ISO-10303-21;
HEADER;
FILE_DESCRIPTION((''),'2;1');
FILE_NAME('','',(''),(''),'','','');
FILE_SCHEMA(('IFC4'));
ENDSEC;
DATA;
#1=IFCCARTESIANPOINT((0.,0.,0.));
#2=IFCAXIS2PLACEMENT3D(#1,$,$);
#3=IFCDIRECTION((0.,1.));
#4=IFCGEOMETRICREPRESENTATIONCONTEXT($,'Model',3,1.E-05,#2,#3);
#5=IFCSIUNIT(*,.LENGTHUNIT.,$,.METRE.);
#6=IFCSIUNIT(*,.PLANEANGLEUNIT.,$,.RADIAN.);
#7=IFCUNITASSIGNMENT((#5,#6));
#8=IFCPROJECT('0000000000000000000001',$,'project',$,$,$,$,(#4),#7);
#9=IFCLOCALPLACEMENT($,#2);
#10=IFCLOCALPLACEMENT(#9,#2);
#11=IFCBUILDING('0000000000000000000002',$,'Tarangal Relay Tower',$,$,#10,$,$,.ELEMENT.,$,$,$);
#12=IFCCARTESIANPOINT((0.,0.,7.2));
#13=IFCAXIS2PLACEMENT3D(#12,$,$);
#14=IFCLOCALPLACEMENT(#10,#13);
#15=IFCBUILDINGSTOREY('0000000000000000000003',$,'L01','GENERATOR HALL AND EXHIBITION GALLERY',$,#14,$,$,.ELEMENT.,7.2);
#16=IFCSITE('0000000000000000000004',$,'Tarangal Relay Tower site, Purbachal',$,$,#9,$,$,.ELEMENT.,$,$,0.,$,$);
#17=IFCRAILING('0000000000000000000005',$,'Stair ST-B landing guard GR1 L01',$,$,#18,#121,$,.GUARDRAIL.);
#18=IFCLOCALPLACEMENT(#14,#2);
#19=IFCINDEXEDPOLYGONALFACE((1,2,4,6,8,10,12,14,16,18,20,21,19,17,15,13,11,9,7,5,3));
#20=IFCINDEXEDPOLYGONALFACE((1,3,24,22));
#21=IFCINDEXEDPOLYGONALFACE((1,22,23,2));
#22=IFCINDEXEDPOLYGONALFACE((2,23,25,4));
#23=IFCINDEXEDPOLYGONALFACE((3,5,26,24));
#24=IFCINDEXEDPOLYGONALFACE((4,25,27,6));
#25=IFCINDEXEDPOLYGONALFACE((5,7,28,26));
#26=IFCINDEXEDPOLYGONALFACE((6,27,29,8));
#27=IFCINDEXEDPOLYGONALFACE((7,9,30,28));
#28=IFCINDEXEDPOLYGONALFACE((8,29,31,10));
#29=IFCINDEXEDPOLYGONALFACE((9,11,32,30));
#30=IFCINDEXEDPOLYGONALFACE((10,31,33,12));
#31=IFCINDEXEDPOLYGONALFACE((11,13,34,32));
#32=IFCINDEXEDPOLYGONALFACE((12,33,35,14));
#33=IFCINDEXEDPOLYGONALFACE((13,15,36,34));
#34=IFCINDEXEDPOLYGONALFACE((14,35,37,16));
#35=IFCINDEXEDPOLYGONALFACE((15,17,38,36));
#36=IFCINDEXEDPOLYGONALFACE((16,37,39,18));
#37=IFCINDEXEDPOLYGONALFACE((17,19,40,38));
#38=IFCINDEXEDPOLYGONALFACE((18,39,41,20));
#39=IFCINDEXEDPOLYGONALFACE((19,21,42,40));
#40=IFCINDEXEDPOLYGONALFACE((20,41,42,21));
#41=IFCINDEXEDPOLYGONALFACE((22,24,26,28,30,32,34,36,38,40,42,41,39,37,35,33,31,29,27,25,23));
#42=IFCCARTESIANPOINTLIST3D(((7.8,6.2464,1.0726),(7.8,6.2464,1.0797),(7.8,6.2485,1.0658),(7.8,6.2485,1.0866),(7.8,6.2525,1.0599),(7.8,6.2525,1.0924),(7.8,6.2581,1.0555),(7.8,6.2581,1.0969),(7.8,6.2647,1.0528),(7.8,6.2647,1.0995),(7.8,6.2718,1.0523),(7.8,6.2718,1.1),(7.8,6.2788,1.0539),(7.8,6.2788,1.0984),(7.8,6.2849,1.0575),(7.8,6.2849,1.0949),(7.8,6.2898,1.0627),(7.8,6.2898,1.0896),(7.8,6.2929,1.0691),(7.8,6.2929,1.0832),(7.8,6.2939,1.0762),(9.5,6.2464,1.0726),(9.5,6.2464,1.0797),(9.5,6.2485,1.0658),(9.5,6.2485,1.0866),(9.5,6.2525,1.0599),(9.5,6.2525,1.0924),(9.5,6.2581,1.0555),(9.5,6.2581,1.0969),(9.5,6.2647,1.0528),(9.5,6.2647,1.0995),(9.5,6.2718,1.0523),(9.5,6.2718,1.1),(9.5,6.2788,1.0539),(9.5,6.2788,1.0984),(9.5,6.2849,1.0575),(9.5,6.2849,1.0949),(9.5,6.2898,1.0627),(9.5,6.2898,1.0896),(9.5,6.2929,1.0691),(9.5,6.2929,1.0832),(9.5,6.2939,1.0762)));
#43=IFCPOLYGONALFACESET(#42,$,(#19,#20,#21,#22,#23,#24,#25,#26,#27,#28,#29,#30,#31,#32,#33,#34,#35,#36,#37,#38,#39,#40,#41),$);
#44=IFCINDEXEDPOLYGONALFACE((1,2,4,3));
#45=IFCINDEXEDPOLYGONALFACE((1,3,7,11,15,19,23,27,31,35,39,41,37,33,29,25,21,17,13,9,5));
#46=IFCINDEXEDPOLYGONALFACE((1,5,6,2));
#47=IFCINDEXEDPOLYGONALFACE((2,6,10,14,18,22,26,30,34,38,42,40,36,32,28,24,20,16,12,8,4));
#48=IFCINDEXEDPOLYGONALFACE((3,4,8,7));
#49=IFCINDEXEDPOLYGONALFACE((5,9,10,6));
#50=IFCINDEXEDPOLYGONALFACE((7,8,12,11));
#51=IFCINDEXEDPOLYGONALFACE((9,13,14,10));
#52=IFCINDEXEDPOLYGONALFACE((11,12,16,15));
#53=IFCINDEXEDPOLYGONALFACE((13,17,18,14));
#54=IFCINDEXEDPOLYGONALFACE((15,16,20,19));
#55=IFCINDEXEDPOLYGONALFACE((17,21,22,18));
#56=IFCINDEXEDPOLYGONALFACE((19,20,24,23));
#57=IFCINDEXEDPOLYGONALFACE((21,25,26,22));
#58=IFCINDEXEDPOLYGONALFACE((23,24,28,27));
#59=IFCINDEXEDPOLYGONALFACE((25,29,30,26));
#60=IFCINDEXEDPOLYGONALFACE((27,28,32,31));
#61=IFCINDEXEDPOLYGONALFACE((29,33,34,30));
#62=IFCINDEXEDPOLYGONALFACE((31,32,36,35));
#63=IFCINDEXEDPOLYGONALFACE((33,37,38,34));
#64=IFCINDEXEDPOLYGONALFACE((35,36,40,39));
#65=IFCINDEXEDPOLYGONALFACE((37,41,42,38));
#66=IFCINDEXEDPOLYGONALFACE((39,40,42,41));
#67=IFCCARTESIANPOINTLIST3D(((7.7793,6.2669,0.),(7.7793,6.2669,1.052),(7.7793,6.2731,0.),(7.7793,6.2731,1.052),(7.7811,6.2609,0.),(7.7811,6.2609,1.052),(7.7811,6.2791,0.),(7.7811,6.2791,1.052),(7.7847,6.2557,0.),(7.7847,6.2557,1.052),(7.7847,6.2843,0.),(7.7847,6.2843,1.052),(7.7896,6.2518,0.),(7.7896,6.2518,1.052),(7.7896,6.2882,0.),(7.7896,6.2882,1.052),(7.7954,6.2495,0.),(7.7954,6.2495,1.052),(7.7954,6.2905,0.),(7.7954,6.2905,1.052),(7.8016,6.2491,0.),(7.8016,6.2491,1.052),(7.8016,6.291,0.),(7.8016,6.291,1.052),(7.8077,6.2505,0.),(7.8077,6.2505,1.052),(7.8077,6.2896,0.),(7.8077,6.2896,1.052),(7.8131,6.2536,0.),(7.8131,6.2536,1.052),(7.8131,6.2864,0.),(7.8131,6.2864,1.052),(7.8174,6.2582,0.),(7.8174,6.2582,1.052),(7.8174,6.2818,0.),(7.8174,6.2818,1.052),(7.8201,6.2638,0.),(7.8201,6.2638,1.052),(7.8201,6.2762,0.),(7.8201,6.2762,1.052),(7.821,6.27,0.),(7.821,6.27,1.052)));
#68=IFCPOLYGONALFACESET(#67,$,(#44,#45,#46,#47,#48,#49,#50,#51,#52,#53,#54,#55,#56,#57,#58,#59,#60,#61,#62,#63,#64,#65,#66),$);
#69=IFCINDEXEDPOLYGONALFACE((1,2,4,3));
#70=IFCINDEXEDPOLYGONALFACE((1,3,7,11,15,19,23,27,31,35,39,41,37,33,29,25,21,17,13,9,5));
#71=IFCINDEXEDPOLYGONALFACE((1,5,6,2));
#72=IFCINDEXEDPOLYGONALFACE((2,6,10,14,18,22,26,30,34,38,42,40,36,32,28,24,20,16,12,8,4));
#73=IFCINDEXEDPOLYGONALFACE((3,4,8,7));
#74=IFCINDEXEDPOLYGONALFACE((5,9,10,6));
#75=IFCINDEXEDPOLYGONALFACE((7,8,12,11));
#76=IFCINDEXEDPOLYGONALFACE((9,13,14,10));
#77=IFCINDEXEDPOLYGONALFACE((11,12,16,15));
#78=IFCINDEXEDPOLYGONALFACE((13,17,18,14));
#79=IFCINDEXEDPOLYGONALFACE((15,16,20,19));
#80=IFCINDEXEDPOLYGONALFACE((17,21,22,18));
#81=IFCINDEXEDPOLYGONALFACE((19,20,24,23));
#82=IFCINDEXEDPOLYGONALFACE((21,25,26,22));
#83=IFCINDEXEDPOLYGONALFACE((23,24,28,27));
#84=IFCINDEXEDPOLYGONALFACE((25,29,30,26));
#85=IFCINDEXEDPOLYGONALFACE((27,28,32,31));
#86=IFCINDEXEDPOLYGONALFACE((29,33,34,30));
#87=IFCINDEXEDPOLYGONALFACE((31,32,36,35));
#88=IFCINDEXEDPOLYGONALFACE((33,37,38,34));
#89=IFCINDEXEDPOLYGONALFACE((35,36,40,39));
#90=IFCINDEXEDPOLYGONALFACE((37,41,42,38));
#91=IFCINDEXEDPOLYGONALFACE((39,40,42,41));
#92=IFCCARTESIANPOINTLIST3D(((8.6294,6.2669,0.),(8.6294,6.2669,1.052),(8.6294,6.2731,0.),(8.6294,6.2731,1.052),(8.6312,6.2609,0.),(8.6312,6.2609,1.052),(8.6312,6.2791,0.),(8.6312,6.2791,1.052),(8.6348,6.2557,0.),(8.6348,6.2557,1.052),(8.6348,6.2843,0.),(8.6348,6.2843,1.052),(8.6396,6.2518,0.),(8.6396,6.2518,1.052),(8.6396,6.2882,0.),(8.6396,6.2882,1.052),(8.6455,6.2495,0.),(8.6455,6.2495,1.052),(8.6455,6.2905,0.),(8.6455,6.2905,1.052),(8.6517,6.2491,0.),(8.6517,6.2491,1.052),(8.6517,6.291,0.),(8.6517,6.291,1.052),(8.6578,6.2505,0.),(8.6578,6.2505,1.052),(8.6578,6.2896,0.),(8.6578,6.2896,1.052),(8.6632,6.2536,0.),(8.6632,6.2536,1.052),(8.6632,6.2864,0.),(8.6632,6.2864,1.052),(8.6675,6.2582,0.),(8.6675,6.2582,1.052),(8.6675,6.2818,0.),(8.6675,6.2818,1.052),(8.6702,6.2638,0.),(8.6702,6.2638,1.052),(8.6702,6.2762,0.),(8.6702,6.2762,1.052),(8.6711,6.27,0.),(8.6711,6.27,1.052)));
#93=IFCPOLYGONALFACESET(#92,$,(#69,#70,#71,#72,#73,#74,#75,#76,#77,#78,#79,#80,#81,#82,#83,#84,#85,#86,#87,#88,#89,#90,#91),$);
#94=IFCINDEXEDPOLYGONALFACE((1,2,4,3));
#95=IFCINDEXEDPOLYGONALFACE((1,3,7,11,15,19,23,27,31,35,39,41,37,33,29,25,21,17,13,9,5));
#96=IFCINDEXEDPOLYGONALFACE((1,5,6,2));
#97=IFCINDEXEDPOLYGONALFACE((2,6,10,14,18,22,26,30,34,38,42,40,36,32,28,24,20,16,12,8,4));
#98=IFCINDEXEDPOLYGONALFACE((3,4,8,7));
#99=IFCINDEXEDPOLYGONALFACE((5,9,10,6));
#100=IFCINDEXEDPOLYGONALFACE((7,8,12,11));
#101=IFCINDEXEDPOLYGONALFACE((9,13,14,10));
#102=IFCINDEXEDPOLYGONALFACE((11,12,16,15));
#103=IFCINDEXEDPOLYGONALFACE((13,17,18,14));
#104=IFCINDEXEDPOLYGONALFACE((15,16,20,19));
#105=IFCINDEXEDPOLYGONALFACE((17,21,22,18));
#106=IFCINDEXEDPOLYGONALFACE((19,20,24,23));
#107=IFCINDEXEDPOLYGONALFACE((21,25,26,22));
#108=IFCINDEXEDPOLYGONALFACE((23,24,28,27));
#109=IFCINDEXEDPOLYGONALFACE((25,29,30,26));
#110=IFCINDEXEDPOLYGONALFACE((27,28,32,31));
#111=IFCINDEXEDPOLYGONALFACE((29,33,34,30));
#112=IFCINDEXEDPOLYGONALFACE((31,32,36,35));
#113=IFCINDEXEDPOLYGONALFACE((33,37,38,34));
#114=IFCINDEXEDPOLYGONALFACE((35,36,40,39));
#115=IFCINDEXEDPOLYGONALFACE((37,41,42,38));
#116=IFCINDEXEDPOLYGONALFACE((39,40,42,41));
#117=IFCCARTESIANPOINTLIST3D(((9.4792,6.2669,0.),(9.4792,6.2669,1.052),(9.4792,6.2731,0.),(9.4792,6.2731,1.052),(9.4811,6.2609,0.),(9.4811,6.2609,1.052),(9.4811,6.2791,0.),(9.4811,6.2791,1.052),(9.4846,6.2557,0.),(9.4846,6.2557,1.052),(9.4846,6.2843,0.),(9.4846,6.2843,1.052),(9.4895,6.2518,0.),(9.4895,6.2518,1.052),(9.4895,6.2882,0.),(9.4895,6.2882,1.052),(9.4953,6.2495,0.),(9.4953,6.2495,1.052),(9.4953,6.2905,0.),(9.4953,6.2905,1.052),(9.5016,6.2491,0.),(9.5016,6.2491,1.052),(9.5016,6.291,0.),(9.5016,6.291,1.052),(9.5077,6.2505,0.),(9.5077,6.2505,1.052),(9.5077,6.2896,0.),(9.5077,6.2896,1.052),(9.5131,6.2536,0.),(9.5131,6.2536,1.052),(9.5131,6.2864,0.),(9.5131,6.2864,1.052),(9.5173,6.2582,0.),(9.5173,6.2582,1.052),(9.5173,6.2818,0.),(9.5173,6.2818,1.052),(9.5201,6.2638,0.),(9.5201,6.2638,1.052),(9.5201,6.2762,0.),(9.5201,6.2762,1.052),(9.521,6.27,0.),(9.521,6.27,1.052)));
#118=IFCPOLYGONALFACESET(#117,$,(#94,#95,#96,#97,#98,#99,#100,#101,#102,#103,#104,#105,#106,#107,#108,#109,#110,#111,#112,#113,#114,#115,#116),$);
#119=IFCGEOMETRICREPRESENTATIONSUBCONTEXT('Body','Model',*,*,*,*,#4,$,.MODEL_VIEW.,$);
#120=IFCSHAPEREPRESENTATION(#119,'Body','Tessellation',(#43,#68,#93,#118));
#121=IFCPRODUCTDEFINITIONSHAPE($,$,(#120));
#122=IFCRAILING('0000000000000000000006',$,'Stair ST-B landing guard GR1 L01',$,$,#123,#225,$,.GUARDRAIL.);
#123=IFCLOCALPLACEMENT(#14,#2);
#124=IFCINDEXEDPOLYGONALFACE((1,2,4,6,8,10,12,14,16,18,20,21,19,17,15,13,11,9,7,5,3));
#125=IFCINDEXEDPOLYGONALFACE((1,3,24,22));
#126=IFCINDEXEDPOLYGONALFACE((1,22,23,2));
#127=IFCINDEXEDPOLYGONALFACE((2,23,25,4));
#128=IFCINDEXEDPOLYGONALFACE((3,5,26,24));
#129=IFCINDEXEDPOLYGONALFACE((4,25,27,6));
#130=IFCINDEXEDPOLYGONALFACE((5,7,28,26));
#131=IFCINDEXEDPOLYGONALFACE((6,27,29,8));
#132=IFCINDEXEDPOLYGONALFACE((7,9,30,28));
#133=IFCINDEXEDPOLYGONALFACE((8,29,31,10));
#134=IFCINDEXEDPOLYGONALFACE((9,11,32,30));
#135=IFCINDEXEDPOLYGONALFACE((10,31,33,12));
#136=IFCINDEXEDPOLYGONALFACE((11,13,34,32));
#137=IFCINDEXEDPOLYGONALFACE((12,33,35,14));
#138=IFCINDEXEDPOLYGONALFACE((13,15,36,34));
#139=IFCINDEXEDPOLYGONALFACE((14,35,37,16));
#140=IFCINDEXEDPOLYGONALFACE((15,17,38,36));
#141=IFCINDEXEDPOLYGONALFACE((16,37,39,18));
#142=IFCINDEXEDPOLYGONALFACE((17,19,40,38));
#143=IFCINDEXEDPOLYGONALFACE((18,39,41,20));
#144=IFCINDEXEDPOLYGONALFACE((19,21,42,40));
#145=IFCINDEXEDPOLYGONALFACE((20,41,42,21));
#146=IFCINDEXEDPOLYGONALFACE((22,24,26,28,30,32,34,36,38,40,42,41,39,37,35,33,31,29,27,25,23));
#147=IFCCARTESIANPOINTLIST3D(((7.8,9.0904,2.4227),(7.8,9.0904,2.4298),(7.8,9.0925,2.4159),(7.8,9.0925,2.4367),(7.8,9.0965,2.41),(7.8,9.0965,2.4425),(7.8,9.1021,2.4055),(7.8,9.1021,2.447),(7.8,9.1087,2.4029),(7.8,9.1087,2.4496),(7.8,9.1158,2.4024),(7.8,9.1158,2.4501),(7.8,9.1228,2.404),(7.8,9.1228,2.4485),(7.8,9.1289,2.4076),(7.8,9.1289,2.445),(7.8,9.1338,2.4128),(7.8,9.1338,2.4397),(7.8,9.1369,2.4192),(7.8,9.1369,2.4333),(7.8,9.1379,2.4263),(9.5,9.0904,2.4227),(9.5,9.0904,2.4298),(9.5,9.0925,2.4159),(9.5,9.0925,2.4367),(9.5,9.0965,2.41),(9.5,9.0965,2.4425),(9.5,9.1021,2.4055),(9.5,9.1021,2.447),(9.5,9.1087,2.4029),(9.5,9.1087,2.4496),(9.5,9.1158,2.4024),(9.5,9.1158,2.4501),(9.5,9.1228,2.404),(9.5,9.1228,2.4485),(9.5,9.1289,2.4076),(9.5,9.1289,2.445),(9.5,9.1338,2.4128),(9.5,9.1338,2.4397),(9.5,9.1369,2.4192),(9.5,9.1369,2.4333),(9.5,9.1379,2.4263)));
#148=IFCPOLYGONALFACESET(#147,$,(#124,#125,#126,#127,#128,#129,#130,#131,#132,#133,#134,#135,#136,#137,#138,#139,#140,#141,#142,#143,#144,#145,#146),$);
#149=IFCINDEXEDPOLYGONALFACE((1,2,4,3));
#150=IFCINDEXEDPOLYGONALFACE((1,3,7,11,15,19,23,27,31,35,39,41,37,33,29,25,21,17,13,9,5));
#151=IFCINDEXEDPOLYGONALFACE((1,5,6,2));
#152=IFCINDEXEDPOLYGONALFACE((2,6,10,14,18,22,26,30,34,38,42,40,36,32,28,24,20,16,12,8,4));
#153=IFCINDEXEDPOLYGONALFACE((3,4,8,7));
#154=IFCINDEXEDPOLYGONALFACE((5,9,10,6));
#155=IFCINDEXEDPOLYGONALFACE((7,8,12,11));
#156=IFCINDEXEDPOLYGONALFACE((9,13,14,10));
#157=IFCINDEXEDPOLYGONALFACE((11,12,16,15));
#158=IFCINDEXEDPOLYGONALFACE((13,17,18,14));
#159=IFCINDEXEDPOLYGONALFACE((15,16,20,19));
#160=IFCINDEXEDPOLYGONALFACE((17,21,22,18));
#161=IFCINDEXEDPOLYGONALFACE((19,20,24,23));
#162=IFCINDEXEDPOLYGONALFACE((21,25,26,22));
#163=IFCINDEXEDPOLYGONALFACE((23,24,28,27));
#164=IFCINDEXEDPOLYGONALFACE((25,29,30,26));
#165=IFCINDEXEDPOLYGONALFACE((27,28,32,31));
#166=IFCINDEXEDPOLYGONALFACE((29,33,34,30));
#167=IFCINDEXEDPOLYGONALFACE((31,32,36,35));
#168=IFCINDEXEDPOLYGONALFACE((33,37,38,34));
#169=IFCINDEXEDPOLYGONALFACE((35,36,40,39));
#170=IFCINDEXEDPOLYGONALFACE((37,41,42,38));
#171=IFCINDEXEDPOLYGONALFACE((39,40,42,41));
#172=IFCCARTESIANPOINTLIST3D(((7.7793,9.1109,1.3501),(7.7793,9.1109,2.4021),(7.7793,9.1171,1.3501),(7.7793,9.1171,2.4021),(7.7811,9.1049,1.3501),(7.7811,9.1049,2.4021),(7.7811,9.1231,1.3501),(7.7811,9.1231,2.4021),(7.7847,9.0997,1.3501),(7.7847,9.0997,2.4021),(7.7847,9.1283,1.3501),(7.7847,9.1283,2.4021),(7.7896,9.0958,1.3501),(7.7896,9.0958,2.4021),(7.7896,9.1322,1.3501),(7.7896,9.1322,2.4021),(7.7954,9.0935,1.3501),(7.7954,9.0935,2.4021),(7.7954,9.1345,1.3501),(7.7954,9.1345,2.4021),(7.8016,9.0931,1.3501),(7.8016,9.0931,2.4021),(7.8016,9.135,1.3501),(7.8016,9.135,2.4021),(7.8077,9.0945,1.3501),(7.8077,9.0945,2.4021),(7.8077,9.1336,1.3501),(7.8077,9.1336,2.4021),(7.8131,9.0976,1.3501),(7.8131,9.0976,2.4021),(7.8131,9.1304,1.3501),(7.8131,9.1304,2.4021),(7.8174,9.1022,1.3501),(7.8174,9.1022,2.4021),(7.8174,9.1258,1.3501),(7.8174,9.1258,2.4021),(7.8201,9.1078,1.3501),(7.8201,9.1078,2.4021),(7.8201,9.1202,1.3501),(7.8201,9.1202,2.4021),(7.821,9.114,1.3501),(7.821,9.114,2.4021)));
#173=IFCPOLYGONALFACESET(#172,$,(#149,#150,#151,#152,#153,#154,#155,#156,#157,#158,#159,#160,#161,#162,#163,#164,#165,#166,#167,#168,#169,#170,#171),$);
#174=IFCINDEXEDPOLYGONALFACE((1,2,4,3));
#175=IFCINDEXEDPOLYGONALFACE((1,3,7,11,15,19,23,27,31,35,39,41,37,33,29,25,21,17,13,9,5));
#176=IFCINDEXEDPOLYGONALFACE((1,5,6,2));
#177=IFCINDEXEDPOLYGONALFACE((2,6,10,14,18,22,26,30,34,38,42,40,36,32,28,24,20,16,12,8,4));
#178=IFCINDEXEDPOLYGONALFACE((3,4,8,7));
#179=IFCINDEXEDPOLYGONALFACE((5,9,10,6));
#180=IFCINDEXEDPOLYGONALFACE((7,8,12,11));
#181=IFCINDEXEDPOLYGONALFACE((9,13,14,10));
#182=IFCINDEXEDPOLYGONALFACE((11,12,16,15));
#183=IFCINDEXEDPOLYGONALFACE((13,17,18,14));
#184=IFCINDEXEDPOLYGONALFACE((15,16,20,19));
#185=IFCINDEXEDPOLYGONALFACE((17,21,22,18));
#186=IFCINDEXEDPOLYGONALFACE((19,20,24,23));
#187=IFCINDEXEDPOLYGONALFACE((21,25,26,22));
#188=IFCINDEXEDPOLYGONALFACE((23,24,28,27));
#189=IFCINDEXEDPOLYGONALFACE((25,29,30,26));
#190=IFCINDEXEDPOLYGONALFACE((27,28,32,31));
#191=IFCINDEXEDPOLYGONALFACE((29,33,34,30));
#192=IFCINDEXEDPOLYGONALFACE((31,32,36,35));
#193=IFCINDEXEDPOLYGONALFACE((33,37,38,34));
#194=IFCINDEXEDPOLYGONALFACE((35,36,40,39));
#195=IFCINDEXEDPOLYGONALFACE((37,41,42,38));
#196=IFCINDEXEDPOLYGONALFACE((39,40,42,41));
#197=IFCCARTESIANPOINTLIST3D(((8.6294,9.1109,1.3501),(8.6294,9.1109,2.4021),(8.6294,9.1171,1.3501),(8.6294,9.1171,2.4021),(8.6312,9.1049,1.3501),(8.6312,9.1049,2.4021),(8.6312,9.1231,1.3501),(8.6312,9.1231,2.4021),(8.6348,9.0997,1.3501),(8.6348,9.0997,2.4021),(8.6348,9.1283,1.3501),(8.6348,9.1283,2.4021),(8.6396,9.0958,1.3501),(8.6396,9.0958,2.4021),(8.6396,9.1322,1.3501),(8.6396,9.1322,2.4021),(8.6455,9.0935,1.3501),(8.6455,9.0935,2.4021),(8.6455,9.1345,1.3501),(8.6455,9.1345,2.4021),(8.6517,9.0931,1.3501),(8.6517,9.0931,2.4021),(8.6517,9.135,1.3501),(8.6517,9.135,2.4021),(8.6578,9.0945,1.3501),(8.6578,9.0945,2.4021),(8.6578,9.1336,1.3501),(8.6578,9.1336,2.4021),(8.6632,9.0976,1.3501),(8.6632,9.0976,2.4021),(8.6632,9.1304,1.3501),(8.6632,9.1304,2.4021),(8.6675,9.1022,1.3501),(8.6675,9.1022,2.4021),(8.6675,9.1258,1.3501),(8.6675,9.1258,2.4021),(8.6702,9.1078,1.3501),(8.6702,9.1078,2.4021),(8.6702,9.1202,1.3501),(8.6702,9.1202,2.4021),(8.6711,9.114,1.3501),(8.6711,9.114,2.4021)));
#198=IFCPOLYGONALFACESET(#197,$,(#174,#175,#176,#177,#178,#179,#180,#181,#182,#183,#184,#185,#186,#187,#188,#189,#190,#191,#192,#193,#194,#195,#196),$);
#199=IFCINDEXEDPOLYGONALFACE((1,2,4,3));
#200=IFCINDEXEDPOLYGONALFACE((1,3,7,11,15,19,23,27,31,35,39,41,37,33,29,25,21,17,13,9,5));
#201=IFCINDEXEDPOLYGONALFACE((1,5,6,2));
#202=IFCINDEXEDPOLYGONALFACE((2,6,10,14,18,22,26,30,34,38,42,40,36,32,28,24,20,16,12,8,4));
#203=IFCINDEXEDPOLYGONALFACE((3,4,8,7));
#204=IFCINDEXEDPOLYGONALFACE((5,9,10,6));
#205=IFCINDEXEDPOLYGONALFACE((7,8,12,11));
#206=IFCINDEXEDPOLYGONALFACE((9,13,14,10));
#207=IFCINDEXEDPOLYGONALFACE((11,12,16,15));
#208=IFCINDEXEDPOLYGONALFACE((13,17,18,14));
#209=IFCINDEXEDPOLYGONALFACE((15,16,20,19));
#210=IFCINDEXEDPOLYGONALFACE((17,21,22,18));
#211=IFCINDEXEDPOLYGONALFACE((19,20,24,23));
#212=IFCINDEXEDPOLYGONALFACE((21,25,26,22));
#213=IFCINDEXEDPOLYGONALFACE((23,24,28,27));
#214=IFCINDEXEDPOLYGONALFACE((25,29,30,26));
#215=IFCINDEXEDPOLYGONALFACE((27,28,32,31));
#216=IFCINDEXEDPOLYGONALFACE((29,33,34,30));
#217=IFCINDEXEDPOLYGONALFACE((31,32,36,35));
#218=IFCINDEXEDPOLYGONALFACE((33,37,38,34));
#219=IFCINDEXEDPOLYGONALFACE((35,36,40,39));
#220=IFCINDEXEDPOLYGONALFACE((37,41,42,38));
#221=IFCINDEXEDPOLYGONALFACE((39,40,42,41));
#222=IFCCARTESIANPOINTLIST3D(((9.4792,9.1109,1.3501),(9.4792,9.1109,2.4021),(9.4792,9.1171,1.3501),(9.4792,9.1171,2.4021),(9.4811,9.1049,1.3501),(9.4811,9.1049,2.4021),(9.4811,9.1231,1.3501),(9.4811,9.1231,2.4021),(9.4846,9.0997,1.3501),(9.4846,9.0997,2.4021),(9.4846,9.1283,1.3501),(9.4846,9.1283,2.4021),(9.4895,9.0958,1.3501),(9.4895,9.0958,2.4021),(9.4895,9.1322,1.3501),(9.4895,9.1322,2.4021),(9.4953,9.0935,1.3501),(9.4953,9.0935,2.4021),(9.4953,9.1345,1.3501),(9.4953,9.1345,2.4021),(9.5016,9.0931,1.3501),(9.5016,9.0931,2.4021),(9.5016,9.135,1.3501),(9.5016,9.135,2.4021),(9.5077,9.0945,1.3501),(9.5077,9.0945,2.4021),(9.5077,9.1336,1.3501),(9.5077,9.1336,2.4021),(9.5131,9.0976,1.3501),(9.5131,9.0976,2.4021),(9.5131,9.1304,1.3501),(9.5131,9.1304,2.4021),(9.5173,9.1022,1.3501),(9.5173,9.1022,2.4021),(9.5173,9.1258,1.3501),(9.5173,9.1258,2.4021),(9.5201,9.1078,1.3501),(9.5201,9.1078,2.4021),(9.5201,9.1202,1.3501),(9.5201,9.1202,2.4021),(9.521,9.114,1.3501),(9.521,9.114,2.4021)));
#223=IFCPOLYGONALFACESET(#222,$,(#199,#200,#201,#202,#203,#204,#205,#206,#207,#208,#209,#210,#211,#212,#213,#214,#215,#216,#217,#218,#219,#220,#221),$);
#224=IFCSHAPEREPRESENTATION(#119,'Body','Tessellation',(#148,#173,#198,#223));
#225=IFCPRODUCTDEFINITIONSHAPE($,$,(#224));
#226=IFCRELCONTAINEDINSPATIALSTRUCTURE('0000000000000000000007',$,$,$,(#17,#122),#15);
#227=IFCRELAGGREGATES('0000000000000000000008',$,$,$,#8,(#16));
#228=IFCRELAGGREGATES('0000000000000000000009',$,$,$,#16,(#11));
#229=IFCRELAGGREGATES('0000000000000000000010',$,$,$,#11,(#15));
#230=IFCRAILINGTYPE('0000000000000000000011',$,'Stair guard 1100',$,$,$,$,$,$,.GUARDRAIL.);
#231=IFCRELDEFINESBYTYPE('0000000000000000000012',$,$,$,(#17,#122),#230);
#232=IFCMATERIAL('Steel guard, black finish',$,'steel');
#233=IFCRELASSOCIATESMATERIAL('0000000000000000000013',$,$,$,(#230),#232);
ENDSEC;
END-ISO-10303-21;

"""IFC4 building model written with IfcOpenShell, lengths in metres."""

from ifc_helpers import new_model, si_unit, direction, frame, origin, origin_2d, place, context, subcontext, project, spatial, circle, extrude, material, type_object, element, save


model = new_model("IFC4")

# Units and contexts
model_context = context("Model", 3, precision=1e-05, world=origin(), true_north=direction((0.0, 1.0)))
body_context = subcontext(model_context, "Body", "Model", "MODEL_VIEW")
ifc_project = project(units=[si_unit("LENGTHUNIT", "METRE"), si_unit("PLANEANGLEUNIT", "RADIAN")], contexts=[model_context])

# Site, building, storey
site_placement = place(None, origin())
site = spatial("IfcSite", under=ifc_project, at=site_placement, Name="Tarangal Relay Tower site, Purbachal", CompositionType="ELEMENT", RefElevation=0.0)
building_placement = place(site_placement, origin())
building = spatial("IfcBuilding", under=site, at=building_placement, Name="Tarangal Relay Tower", CompositionType="ELEMENT")
storey_placement = place(building_placement, frame((0.0, 0.0, 7.2)))
storey = spatial("IfcBuildingStorey", under=building, at=storey_placement, Name="L01", Description="GENERATOR HALL AND EXHIBITION GALLERY", CompositionType="ELEMENT", Elevation=7.2)

# Railings
ifc_material_1 = material(Name="Steel guard, black finish", Category="steel")
railing_type_1 = type_object("IfcRailingType", Name="Stair guard 1100", PredefinedType="GUARDRAIL", material=ifc_material_1)
for number, where, name in (
    (1, (7.8, 6.27, 0.0), "Stair ST-B landing guard GR1 L01"),
    (2, (7.8, 9.114, 1.3501), "Stair ST-B landing guard GR1 L01"),
):
    element("IfcRailing", number, at=place(storey_placement, frame(where)), inside=storey, type_object=railing_type_1, Name=name, PredefinedType="GUARDRAIL", context=body_context, shape_type="SweptSolid", body=[
        extrude(circle(Radius=0.0239, at=origin_2d()), frame((0.0, 0.0, 1.0762), z_axis=(1.0, 0.0, 0.0), x_axis=(0.0, 1.0, 0.0)), (0.0, 0.0, 1.0), 1.7),
        extrude(circle(Radius=0.021, at=origin_2d()), origin(), (0.0, 0.0, 1.0), 1.052),
        extrude(circle(Radius=0.021, at=origin_2d()), frame((0.8501, 0.0, 0.0)), (0.0, 0.0, 1.0), 1.052),
        extrude(circle(Radius=0.021, at=origin_2d()), frame((1.7, 0.0, 0.0)), (0.0, 0.0, 1.0), 1.052),
    ])

save(model, "model.ifc")
